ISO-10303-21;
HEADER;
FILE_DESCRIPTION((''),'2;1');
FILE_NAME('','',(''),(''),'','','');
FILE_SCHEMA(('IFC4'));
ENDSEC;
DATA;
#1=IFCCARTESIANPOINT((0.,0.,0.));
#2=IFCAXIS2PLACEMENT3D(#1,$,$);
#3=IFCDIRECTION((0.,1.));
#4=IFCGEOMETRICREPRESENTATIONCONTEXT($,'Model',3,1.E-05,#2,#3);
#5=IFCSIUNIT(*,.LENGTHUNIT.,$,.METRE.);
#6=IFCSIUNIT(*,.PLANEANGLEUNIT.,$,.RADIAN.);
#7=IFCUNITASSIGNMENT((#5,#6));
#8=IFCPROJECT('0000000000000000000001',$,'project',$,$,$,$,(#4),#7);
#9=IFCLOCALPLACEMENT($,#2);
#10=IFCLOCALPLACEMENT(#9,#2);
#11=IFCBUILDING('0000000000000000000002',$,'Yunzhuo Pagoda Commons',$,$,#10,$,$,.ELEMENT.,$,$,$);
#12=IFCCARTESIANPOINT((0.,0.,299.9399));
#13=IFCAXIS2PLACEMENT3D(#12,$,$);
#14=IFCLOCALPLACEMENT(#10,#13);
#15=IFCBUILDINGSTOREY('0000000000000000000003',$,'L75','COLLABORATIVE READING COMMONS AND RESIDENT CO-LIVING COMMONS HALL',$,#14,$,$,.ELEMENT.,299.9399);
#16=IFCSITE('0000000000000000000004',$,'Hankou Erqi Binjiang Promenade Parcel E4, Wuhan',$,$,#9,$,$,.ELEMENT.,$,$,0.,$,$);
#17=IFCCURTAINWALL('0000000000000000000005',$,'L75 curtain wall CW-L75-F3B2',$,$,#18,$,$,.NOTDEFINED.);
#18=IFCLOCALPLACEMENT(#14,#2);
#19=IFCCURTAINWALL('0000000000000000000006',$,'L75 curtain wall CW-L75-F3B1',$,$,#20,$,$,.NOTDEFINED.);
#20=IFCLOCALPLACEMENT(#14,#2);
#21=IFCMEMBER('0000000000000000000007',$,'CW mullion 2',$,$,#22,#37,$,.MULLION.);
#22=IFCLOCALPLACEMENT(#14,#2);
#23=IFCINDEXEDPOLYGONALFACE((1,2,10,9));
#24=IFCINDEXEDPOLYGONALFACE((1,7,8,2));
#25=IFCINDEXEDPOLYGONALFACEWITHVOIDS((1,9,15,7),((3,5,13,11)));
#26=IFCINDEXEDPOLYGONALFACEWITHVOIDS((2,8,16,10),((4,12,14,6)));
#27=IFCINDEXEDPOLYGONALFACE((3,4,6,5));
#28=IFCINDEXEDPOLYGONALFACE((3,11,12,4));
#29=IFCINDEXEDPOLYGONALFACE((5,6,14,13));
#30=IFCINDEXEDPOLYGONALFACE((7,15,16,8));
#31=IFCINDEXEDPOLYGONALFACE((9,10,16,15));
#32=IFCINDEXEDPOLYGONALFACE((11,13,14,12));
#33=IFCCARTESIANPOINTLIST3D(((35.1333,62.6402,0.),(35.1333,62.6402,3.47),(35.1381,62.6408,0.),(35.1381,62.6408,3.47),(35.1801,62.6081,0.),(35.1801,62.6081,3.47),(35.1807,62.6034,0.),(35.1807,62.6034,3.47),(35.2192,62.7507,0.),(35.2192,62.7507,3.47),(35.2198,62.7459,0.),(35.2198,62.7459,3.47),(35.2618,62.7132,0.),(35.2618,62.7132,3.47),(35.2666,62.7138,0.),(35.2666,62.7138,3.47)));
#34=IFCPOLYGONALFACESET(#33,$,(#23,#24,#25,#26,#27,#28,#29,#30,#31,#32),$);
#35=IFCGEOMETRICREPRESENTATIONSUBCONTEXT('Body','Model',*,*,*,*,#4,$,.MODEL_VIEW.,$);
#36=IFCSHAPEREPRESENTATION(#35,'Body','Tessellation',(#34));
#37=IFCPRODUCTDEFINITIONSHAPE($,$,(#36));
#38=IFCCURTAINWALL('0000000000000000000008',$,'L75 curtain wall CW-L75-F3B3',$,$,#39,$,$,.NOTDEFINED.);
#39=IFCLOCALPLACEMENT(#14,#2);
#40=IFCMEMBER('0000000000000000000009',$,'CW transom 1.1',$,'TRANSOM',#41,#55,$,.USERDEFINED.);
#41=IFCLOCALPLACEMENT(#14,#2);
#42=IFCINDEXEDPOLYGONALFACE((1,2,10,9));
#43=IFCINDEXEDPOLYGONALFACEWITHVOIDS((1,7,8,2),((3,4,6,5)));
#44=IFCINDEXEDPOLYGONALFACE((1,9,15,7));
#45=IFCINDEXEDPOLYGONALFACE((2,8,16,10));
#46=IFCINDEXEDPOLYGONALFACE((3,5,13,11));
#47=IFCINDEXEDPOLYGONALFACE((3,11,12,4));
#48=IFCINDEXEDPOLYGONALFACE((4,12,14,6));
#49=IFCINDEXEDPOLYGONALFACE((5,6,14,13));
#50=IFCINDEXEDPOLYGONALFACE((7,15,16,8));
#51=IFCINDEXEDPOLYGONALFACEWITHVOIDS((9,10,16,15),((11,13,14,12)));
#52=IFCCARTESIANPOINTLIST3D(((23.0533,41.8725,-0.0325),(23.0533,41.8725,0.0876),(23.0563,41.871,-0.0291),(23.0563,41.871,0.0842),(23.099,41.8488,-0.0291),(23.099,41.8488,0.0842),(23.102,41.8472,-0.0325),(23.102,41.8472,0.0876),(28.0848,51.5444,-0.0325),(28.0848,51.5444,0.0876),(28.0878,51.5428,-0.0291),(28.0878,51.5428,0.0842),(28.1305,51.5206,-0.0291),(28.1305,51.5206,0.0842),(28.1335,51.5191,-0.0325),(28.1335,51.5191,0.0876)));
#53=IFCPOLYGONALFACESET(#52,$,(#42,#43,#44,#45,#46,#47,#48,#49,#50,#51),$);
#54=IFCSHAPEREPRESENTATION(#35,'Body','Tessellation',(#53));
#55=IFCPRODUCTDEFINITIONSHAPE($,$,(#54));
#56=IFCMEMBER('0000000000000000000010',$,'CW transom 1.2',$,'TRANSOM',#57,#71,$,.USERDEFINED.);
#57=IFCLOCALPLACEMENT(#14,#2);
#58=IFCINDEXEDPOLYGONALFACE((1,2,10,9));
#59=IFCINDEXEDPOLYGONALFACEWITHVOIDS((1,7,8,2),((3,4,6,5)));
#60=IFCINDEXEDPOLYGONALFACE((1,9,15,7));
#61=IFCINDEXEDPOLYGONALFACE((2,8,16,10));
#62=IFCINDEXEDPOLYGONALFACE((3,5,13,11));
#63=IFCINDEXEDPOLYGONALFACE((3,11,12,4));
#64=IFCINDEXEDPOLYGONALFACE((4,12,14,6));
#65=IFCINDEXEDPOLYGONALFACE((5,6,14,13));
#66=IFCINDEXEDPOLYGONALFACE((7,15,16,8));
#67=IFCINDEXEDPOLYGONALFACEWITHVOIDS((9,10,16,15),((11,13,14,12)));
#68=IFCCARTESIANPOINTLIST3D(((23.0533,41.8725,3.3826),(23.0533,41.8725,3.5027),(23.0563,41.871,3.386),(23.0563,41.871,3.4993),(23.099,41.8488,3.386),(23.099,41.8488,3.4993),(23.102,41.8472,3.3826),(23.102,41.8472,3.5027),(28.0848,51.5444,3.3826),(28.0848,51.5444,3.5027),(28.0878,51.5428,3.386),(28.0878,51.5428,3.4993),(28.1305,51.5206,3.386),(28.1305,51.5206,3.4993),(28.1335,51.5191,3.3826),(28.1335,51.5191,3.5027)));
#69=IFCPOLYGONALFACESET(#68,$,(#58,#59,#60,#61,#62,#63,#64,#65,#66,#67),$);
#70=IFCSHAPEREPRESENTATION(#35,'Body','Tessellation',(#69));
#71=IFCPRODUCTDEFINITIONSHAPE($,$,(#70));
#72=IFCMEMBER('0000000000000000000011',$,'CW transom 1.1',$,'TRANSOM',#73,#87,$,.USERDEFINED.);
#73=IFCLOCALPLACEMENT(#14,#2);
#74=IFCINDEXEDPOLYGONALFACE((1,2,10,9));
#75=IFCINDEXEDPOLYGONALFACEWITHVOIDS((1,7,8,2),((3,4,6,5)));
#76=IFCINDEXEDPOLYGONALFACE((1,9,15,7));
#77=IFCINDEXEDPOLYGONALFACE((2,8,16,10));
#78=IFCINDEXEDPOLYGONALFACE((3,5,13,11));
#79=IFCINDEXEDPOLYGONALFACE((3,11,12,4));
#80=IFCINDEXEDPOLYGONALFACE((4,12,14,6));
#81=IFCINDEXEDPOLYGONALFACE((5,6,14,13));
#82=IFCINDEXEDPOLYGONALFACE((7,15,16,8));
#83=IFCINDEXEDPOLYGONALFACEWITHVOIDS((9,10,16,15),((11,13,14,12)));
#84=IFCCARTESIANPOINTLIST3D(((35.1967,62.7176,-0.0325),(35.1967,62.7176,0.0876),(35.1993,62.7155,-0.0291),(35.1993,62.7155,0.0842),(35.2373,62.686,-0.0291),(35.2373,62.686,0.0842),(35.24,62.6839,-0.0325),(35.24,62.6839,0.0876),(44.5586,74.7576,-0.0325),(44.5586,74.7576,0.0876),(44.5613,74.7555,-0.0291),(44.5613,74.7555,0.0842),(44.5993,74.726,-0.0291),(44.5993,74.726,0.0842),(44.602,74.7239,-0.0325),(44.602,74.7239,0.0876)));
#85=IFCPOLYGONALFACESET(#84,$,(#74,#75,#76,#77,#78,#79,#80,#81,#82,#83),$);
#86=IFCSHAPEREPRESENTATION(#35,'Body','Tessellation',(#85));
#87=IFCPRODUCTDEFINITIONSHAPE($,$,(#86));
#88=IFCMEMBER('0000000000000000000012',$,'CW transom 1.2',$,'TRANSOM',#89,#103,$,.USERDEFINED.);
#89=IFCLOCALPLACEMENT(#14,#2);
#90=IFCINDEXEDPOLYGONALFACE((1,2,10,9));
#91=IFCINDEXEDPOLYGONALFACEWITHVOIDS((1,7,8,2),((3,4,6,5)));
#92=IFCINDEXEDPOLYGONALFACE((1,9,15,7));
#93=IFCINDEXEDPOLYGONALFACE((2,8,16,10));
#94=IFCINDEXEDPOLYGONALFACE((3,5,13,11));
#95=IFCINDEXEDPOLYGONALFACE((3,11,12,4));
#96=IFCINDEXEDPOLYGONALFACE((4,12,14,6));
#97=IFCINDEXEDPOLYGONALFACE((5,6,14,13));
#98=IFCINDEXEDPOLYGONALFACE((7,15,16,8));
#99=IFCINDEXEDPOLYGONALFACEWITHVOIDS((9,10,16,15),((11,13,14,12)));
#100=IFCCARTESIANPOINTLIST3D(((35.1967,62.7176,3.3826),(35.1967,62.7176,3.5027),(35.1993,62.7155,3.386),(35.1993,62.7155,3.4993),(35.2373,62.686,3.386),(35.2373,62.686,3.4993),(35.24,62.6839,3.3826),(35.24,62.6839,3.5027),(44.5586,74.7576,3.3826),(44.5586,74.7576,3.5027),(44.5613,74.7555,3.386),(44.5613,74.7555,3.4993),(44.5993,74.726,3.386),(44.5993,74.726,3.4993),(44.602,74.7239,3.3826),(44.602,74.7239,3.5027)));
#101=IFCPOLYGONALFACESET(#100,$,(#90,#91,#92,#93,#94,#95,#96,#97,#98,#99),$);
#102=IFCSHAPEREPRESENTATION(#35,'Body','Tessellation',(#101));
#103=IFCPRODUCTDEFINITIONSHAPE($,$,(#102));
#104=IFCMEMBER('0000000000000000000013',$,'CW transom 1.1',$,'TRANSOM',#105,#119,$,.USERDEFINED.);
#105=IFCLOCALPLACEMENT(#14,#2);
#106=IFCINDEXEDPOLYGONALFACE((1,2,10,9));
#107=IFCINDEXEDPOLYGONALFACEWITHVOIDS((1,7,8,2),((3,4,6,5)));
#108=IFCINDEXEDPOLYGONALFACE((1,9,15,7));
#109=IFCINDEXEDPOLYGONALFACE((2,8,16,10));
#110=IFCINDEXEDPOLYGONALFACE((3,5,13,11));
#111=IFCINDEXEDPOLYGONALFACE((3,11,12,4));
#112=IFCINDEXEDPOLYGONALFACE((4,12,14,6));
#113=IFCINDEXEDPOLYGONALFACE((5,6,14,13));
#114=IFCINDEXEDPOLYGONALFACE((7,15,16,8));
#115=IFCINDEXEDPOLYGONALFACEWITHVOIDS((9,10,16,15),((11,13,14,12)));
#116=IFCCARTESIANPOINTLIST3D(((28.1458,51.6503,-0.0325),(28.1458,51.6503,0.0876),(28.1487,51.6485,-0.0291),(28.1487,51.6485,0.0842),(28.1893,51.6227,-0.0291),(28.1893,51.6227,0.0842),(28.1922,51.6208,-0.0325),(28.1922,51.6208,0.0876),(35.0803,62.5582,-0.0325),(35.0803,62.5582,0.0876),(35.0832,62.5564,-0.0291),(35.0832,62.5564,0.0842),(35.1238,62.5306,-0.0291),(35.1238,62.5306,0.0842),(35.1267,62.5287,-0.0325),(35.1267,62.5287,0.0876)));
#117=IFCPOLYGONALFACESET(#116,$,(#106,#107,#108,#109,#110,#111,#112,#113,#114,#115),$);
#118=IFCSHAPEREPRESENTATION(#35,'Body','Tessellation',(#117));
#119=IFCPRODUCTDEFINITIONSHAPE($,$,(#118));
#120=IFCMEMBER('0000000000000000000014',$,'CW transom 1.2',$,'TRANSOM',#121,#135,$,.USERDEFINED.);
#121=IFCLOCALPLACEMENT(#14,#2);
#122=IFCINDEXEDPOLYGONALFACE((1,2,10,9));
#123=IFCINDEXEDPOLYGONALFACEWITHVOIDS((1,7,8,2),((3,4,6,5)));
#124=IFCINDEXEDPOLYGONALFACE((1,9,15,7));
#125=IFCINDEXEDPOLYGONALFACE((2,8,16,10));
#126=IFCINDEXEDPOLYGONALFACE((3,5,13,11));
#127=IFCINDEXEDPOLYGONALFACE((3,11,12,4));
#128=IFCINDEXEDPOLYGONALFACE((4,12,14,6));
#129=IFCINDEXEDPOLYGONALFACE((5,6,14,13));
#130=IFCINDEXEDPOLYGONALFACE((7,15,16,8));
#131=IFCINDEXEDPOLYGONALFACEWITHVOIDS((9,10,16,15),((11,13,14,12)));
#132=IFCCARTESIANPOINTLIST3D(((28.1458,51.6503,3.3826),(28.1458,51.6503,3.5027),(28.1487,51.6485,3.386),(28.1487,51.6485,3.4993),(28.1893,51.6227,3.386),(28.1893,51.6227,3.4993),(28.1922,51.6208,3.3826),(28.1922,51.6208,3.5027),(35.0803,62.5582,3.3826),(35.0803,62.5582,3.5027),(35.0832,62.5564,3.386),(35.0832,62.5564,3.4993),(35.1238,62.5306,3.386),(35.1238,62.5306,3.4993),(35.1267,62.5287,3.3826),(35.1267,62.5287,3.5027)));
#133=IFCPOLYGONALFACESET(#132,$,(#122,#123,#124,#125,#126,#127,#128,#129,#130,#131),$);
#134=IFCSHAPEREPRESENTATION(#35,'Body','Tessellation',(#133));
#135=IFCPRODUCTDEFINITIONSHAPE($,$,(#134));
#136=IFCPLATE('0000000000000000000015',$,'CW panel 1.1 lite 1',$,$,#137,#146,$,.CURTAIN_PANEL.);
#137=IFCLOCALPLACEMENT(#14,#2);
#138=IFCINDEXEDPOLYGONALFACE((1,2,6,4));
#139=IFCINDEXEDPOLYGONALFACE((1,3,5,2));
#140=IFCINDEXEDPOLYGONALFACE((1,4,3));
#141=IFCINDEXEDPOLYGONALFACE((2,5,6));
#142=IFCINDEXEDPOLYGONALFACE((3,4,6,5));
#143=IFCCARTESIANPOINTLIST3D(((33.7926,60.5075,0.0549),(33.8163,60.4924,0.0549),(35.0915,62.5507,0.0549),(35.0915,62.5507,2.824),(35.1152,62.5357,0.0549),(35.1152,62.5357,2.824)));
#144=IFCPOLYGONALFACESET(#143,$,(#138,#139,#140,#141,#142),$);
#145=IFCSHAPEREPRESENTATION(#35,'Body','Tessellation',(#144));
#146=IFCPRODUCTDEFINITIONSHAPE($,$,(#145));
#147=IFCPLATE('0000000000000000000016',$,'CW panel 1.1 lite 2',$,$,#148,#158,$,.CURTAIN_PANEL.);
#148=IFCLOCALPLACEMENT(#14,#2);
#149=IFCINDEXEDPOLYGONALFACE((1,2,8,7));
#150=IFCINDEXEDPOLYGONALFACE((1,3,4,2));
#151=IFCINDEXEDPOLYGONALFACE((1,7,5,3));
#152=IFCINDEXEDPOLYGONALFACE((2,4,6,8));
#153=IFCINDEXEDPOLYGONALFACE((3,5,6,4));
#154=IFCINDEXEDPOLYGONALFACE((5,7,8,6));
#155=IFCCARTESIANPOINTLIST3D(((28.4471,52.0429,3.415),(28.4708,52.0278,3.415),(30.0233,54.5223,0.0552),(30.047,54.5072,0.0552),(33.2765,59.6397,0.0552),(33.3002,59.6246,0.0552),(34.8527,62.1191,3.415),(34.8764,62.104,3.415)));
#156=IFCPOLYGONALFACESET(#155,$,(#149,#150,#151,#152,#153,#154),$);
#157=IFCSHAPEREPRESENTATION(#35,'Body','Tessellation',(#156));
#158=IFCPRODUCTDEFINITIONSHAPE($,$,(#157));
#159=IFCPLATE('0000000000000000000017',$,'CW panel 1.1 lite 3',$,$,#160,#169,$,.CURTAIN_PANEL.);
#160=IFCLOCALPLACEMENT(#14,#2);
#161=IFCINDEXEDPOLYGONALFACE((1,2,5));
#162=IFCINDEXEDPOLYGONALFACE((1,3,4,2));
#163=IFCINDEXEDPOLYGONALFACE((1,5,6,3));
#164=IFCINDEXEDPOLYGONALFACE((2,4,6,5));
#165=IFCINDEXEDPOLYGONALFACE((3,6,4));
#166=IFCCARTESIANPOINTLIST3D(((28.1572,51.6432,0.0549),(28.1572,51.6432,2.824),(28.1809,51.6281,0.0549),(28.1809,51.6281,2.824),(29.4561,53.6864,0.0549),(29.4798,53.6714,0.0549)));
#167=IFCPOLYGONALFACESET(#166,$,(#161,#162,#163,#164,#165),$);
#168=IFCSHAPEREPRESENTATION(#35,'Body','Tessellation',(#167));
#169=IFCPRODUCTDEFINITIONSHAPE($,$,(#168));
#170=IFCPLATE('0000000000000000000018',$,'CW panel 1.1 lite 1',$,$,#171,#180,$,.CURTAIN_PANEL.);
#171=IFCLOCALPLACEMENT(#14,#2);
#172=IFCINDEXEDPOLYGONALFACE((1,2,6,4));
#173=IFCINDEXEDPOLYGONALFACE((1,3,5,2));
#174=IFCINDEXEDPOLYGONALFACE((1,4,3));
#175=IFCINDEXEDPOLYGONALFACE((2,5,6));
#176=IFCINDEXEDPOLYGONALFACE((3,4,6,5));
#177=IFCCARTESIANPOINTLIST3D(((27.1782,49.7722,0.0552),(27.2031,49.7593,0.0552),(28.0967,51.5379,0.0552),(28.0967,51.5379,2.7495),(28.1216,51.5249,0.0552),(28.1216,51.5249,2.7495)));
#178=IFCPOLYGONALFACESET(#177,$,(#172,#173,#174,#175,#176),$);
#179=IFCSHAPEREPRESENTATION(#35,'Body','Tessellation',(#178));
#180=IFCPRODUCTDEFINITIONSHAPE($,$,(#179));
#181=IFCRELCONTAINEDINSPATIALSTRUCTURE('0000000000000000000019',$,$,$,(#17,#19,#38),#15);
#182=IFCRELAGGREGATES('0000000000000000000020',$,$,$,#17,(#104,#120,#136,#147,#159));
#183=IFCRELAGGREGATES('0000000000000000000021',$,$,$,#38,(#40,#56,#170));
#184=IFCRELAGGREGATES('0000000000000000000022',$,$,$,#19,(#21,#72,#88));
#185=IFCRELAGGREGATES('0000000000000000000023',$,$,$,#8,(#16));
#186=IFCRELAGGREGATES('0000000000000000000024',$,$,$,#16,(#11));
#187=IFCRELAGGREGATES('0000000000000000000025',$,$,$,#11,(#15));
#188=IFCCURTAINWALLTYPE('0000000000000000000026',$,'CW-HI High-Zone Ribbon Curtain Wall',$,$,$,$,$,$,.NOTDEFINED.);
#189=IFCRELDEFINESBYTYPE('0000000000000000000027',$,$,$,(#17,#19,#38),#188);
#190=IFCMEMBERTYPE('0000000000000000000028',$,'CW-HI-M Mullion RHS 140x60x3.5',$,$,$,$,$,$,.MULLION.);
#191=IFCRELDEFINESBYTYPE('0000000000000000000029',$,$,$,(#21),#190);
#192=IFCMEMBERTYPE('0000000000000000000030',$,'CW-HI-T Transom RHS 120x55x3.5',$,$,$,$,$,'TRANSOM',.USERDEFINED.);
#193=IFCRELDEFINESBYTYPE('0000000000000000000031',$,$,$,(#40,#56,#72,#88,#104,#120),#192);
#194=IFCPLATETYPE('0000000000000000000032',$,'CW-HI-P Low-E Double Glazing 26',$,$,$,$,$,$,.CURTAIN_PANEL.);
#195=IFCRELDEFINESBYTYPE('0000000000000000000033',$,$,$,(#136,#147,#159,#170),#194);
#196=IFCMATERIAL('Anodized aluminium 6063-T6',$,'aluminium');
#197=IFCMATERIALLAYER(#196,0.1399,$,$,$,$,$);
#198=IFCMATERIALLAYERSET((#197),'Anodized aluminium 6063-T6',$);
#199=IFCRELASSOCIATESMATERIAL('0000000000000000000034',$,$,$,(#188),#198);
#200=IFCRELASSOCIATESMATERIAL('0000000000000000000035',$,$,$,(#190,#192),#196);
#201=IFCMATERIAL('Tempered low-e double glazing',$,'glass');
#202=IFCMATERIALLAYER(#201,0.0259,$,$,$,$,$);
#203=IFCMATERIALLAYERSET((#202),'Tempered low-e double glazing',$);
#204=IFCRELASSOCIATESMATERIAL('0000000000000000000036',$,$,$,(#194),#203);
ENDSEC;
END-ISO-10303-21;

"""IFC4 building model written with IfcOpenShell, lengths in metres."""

from ifc_helpers import new_model, si_unit, direction, frame, origin, origin_2d, place, context, subcontext, project, spatial, polyline, hollow_rectangle, outline, extrude, source, transform, mapped, material, layer, layer_set, material_profile, profile_set, type_object, element, aggregate, save


model = new_model("IFC4")

# Units and contexts
model_context = context("Model", 3, precision=1e-05, world=origin(), true_north=direction((0.0, 1.0)))
body_context = subcontext(model_context, "Body", "Model", "MODEL_VIEW")
ifc_project = project(units=[si_unit("LENGTHUNIT", "METRE"), si_unit("PLANEANGLEUNIT", "RADIAN")], contexts=[model_context])

# Site, building, storey
site_placement = place(None, origin())
site = spatial("IfcSite", under=ifc_project, at=site_placement, Name="Hankou Erqi Binjiang Promenade Parcel E4, Wuhan", CompositionType="ELEMENT", RefElevation=0.0)
building_placement = place(site_placement, origin())
building = spatial("IfcBuilding", under=site, at=building_placement, Name="Yunzhuo Pagoda Commons", CompositionType="ELEMENT")
storey_placement = place(building_placement, frame((0.0, 0.0, 299.9399)))
storey = spatial("IfcBuildingStorey", under=building, at=storey_placement, Name="L75", Description="COLLABORATIVE READING COMMONS AND RESIDENT CO-LIVING COMMONS HALL", CompositionType="ELEMENT", Elevation=299.9399)

# Curtain walls, members
ifc_material_1 = material(Name="Anodized aluminium 6063-T6", Category="aluminium")
ifc_layer_1 = layer(ifc_material_1, 0.1399)
ifc_layer_set_1 = layer_set([ifc_layer_1], Name="Anodized aluminium 6063-T6")
curtain_wall_type = type_object("IfcCurtainWallType", Name="CW-HI High-Zone Ribbon Curtain Wall", PredefinedType="NOTDEFINED", material=ifc_layer_set_1)
curtain_wall_1_placement = place(storey_placement, origin())
curtain_wall_1 = element("IfcCurtainWall", 1, at=curtain_wall_1_placement, inside=storey, type_object=curtain_wall_type, Name="L75 curtain wall CW-L75-F3B2", PredefinedType="NOTDEFINED")
ifc_material_profile_1 = material_profile(ifc_material_1, hollow_rectangle(XDim=0.0601, YDim=0.1399, WallThickness=0.0034, at=origin_2d()), Name="Anodized aluminium 6063-T6")
ifc_profile_set_1 = profile_set([ifc_material_profile_1], Name="Anodized aluminium 6063-T6")
member_type_1 = type_object("IfcMemberType", Name="CW-HI-M Mullion RHS 140x60x3.5", PredefinedType="MULLION", material=ifc_profile_set_1)
shared_shape_1 = source(origin(), body_context, "Body", "SweptSolid", [
    extrude(hollow_rectangle(XDim=0.0601, YDim=0.1399, WallThickness=0.0034, at=origin_2d()), origin(), (0.0, 0.0, 1.0), 3.47),
])
curtain_wall_2_placement = place(storey_placement, origin())
curtain_wall_2 = element("IfcCurtainWall", 2, at=curtain_wall_2_placement, inside=storey, type_object=curtain_wall_type, Name="L75 curtain wall CW-L75-F3B1", PredefinedType="NOTDEFINED")
member_1_placement = place(storey_placement, frame((35.2, 62.677, 0.0), z_axis=(0.0, 0.0, 1.0), x_axis=(0.78943, -0.61384, 0.0)))
member_1 = element("IfcMember", 3, at=member_1_placement, type_object=member_type_1, Name="CW mullion 2", PredefinedType="MULLION", context=body_context, shape_type="MappedRepresentation", body=[
    mapped(shared_shape_1, transform((0.0, 0.0, 0.0), scale=1.0)),
])
curtain_wall_3_placement = place(storey_placement, origin())
curtain_wall_3 = element("IfcCurtainWall", 4, at=curtain_wall_3_placement, inside=storey, type_object=curtain_wall_type, Name="L75 curtain wall CW-L75-F3B3", PredefinedType="NOTDEFINED")
ifc_material_profile_2 = material_profile(ifc_material_1, hollow_rectangle(XDim=0.0549, YDim=0.1201, WallThickness=0.0034, at=origin_2d()), Name="Anodized aluminium 6063-T6")
ifc_profile_set_2 = profile_set([ifc_material_profile_2], Name="Anodized aluminium 6063-T6")
member_type_2 = type_object("IfcMemberType", Name="CW-HI-T Transom RHS 120x55x3.5", ElementType="TRANSOM", PredefinedType="USERDEFINED", material=ifc_profile_set_2)
shared_shape_2 = source(origin(), body_context, "Body", "SweptSolid", [
    extrude(hollow_rectangle(XDim=0.0549, YDim=0.1201, WallThickness=0.0034, at=origin_2d()), origin(), (0.0, 0.0, 1.0), 10.9023),
])
member_2_placement = place(storey_placement, frame((28.1091, 51.5317, 0.0276), z_axis=(-0.461506, -0.887137, 0.0), x_axis=(0.887137, -0.461506, 0.0)))
member_2 = element("IfcMember", 5, at=member_2_placement, type_object=member_type_2, Name="CW transom 1.1", ObjectType="TRANSOM", PredefinedType="USERDEFINED", context=body_context, shape_type="MappedRepresentation", body=[
    mapped(shared_shape_2, transform((0.0, 0.0, 0.0), scale=1.0)),
])
member_3_placement = place(storey_placement, frame((28.1091, 51.5317, 3.4426), z_axis=(-0.461506, -0.887137, 0.0), x_axis=(0.887137, -0.461506, 0.0)))
member_3 = element("IfcMember", 6, at=member_3_placement, type_object=member_type_2, Name="CW transom 1.2", ObjectType="TRANSOM", PredefinedType="USERDEFINED", context=body_context, shape_type="MappedRepresentation", body=[
    mapped(shared_shape_2, transform((0.0, 0.0, 0.0), scale=1.0)),
])

# Members
shared_shape_3 = source(origin(), body_context, "Body", "SweptSolid", [
    extrude(hollow_rectangle(XDim=0.0549, YDim=0.1201, WallThickness=0.0034, at=origin_2d()), origin(), (0.0, 0.0, 1.0), 15.2515),
])
member_4_placement = place(storey_placement, frame((44.5803, 74.7407, 0.0276), z_axis=(-0.613842, -0.789429, 0.0), x_axis=(0.789429, -0.613842, 0.0)))
member_4 = element("IfcMember", 7, at=member_4_placement, type_object=member_type_2, Name="CW transom 1.1", ObjectType="TRANSOM", PredefinedType="USERDEFINED", context=body_context, shape_type="MappedRepresentation", body=[
    mapped(shared_shape_3, transform((0.0, 0.0, 0.0), scale=1.0)),
])
member_5_placement = place(storey_placement, frame((44.5803, 74.7407, 3.4426), z_axis=(-0.613842, -0.789429, 0.0), x_axis=(0.789429, -0.613842, 0.0)))
member_5 = element("IfcMember", 8, at=member_5_placement, type_object=member_type_2, Name="CW transom 1.2", ObjectType="TRANSOM", PredefinedType="USERDEFINED", context=body_context, shape_type="MappedRepresentation", body=[
    mapped(shared_shape_3, transform((0.0, 0.0, 0.0), scale=1.0)),
])
shared_shape_4 = source(origin(), body_context, "Body", "SweptSolid", [
    extrude(hollow_rectangle(XDim=0.0549, YDim=0.1201, WallThickness=0.0034, at=origin_2d()), origin(), (0.0, 0.0, 1.0), 12.9255),
])
member_6_placement = place(storey_placement, frame((35.1035, 62.5435, 0.0276), z_axis=(-0.536498, -0.843902, 0.0), x_axis=(0.843902, -0.536498, 0.0)))
member_6 = element("IfcMember", 9, at=member_6_placement, type_object=member_type_2, Name="CW transom 1.1", ObjectType="TRANSOM", PredefinedType="USERDEFINED", context=body_context, shape_type="MappedRepresentation", body=[
    mapped(shared_shape_4, transform((0.0, 0.0, 0.0), scale=1.0)),
])
member_7_placement = place(storey_placement, frame((35.1035, 62.5435, 3.4426), z_axis=(-0.536498, -0.843902, 0.0), x_axis=(0.843902, -0.536498, 0.0)))
member_7 = element("IfcMember", 10, at=member_7_placement, type_object=member_type_2, Name="CW transom 1.2", ObjectType="TRANSOM", PredefinedType="USERDEFINED", context=body_context, shape_type="MappedRepresentation", body=[
    mapped(shared_shape_4, transform((0.0, 0.0, 0.0), scale=1.0)),
])

# Plates
ifc_material_2 = material(Name="Tempered low-e double glazing", Category="glass")
ifc_layer_2 = layer(ifc_material_2, 0.0259)
ifc_layer_set_2 = layer_set([ifc_layer_2], Name="Tempered low-e double glazing")
plate_type_1 = type_object("IfcPlateType", Name="CW-HI-P Low-E Double Glazing 26", PredefinedType="CURTAIN_PANEL", material=ifc_layer_set_2)
plate_1_placement = place(storey_placement, frame((34.4658, 61.5142, 1.4395), z_axis=(-0.84391, 0.536485, 0.0), x_axis=(-0.536485, -0.84391, 0.0)))
plate_1 = element("IfcPlate", 11, at=plate_1_placement, type_object=plate_type_1, Name="CW panel 1.1 lite 1", PredefinedType="CURTAIN_PANEL", context=body_context, shape_type="SweptSolid", body=[
    extrude(outline(polyline([(-1.2104, -1.3845), (1.2107, -1.3845), (-1.2104, 1.3845), (-1.2104, -1.3845)])), origin(), (0.0, 0.0, 1.0), 0.0281),
])
plate_2_placement = place(storey_placement, frame((31.6736, 57.0659, 1.7351), z_axis=(-0.84391, 0.536485, 0.0), x_axis=(-0.536485, -0.84391, 0.0)))
plate_2 = element("IfcPlate", 12, at=plate_2_placement, type_object=plate_type_1, Name="CW panel 1.1 lite 2", PredefinedType="CURTAIN_PANEL", context=body_context, shape_type="SweptSolid", body=[
    extrude(outline(polyline([(-5.97, 1.6799), (-3.032, -1.6799), (3.032, -1.6799), (5.97, 1.6799), (-5.97, 1.6799)])), origin(), (0.0, 0.0, 1.0), 0.0281),
])
plate_3_placement = place(storey_placement, frame((28.8303, 52.6497, 1.4395), z_axis=(-0.84391, 0.536485, 0.0), x_axis=(-0.536485, -0.84391, 0.0)))
plate_3 = element("IfcPlate", 13, at=plate_3_placement, type_object=plate_type_1, Name="CW panel 1.1 lite 3", PredefinedType="CURTAIN_PANEL", context=body_context, shape_type="SweptSolid", body=[
    extrude(outline(polyline([(-1.2107, -1.3845), (1.2104, -1.3845), (1.2104, 1.3845), (-1.2107, -1.3845)])), origin(), (0.0, 0.0, 1.0), 0.0281),
])
aggregate(curtain_wall_1, [member_6, member_7, plate_1, plate_2, plate_3])
plate_4_placement = place(storey_placement, frame((27.6624, 50.6421, 1.4023), z_axis=(-0.887137, 0.461505, 0.0), x_axis=(-0.461505, -0.887137, 0.0)))
plate_4 = element("IfcPlate", 14, at=plate_4_placement, type_object=plate_type_1, Name="CW panel 1.1 lite 1", PredefinedType="CURTAIN_PANEL", context=body_context, shape_type="SweptSolid", body=[
    extrude(outline(polyline([(-0.9951, -1.3472), (0.9951, -1.3472), (-0.9951, 1.3472), (-0.9951, -1.3472)])), origin(), (0.0, 0.0, 1.0), 0.0281),
])
aggregate(curtain_wall_3, [member_2, member_3, plate_4])

aggregate(curtain_wall_2, [member_1, member_4, member_5])

save(model, "model.ifc")
